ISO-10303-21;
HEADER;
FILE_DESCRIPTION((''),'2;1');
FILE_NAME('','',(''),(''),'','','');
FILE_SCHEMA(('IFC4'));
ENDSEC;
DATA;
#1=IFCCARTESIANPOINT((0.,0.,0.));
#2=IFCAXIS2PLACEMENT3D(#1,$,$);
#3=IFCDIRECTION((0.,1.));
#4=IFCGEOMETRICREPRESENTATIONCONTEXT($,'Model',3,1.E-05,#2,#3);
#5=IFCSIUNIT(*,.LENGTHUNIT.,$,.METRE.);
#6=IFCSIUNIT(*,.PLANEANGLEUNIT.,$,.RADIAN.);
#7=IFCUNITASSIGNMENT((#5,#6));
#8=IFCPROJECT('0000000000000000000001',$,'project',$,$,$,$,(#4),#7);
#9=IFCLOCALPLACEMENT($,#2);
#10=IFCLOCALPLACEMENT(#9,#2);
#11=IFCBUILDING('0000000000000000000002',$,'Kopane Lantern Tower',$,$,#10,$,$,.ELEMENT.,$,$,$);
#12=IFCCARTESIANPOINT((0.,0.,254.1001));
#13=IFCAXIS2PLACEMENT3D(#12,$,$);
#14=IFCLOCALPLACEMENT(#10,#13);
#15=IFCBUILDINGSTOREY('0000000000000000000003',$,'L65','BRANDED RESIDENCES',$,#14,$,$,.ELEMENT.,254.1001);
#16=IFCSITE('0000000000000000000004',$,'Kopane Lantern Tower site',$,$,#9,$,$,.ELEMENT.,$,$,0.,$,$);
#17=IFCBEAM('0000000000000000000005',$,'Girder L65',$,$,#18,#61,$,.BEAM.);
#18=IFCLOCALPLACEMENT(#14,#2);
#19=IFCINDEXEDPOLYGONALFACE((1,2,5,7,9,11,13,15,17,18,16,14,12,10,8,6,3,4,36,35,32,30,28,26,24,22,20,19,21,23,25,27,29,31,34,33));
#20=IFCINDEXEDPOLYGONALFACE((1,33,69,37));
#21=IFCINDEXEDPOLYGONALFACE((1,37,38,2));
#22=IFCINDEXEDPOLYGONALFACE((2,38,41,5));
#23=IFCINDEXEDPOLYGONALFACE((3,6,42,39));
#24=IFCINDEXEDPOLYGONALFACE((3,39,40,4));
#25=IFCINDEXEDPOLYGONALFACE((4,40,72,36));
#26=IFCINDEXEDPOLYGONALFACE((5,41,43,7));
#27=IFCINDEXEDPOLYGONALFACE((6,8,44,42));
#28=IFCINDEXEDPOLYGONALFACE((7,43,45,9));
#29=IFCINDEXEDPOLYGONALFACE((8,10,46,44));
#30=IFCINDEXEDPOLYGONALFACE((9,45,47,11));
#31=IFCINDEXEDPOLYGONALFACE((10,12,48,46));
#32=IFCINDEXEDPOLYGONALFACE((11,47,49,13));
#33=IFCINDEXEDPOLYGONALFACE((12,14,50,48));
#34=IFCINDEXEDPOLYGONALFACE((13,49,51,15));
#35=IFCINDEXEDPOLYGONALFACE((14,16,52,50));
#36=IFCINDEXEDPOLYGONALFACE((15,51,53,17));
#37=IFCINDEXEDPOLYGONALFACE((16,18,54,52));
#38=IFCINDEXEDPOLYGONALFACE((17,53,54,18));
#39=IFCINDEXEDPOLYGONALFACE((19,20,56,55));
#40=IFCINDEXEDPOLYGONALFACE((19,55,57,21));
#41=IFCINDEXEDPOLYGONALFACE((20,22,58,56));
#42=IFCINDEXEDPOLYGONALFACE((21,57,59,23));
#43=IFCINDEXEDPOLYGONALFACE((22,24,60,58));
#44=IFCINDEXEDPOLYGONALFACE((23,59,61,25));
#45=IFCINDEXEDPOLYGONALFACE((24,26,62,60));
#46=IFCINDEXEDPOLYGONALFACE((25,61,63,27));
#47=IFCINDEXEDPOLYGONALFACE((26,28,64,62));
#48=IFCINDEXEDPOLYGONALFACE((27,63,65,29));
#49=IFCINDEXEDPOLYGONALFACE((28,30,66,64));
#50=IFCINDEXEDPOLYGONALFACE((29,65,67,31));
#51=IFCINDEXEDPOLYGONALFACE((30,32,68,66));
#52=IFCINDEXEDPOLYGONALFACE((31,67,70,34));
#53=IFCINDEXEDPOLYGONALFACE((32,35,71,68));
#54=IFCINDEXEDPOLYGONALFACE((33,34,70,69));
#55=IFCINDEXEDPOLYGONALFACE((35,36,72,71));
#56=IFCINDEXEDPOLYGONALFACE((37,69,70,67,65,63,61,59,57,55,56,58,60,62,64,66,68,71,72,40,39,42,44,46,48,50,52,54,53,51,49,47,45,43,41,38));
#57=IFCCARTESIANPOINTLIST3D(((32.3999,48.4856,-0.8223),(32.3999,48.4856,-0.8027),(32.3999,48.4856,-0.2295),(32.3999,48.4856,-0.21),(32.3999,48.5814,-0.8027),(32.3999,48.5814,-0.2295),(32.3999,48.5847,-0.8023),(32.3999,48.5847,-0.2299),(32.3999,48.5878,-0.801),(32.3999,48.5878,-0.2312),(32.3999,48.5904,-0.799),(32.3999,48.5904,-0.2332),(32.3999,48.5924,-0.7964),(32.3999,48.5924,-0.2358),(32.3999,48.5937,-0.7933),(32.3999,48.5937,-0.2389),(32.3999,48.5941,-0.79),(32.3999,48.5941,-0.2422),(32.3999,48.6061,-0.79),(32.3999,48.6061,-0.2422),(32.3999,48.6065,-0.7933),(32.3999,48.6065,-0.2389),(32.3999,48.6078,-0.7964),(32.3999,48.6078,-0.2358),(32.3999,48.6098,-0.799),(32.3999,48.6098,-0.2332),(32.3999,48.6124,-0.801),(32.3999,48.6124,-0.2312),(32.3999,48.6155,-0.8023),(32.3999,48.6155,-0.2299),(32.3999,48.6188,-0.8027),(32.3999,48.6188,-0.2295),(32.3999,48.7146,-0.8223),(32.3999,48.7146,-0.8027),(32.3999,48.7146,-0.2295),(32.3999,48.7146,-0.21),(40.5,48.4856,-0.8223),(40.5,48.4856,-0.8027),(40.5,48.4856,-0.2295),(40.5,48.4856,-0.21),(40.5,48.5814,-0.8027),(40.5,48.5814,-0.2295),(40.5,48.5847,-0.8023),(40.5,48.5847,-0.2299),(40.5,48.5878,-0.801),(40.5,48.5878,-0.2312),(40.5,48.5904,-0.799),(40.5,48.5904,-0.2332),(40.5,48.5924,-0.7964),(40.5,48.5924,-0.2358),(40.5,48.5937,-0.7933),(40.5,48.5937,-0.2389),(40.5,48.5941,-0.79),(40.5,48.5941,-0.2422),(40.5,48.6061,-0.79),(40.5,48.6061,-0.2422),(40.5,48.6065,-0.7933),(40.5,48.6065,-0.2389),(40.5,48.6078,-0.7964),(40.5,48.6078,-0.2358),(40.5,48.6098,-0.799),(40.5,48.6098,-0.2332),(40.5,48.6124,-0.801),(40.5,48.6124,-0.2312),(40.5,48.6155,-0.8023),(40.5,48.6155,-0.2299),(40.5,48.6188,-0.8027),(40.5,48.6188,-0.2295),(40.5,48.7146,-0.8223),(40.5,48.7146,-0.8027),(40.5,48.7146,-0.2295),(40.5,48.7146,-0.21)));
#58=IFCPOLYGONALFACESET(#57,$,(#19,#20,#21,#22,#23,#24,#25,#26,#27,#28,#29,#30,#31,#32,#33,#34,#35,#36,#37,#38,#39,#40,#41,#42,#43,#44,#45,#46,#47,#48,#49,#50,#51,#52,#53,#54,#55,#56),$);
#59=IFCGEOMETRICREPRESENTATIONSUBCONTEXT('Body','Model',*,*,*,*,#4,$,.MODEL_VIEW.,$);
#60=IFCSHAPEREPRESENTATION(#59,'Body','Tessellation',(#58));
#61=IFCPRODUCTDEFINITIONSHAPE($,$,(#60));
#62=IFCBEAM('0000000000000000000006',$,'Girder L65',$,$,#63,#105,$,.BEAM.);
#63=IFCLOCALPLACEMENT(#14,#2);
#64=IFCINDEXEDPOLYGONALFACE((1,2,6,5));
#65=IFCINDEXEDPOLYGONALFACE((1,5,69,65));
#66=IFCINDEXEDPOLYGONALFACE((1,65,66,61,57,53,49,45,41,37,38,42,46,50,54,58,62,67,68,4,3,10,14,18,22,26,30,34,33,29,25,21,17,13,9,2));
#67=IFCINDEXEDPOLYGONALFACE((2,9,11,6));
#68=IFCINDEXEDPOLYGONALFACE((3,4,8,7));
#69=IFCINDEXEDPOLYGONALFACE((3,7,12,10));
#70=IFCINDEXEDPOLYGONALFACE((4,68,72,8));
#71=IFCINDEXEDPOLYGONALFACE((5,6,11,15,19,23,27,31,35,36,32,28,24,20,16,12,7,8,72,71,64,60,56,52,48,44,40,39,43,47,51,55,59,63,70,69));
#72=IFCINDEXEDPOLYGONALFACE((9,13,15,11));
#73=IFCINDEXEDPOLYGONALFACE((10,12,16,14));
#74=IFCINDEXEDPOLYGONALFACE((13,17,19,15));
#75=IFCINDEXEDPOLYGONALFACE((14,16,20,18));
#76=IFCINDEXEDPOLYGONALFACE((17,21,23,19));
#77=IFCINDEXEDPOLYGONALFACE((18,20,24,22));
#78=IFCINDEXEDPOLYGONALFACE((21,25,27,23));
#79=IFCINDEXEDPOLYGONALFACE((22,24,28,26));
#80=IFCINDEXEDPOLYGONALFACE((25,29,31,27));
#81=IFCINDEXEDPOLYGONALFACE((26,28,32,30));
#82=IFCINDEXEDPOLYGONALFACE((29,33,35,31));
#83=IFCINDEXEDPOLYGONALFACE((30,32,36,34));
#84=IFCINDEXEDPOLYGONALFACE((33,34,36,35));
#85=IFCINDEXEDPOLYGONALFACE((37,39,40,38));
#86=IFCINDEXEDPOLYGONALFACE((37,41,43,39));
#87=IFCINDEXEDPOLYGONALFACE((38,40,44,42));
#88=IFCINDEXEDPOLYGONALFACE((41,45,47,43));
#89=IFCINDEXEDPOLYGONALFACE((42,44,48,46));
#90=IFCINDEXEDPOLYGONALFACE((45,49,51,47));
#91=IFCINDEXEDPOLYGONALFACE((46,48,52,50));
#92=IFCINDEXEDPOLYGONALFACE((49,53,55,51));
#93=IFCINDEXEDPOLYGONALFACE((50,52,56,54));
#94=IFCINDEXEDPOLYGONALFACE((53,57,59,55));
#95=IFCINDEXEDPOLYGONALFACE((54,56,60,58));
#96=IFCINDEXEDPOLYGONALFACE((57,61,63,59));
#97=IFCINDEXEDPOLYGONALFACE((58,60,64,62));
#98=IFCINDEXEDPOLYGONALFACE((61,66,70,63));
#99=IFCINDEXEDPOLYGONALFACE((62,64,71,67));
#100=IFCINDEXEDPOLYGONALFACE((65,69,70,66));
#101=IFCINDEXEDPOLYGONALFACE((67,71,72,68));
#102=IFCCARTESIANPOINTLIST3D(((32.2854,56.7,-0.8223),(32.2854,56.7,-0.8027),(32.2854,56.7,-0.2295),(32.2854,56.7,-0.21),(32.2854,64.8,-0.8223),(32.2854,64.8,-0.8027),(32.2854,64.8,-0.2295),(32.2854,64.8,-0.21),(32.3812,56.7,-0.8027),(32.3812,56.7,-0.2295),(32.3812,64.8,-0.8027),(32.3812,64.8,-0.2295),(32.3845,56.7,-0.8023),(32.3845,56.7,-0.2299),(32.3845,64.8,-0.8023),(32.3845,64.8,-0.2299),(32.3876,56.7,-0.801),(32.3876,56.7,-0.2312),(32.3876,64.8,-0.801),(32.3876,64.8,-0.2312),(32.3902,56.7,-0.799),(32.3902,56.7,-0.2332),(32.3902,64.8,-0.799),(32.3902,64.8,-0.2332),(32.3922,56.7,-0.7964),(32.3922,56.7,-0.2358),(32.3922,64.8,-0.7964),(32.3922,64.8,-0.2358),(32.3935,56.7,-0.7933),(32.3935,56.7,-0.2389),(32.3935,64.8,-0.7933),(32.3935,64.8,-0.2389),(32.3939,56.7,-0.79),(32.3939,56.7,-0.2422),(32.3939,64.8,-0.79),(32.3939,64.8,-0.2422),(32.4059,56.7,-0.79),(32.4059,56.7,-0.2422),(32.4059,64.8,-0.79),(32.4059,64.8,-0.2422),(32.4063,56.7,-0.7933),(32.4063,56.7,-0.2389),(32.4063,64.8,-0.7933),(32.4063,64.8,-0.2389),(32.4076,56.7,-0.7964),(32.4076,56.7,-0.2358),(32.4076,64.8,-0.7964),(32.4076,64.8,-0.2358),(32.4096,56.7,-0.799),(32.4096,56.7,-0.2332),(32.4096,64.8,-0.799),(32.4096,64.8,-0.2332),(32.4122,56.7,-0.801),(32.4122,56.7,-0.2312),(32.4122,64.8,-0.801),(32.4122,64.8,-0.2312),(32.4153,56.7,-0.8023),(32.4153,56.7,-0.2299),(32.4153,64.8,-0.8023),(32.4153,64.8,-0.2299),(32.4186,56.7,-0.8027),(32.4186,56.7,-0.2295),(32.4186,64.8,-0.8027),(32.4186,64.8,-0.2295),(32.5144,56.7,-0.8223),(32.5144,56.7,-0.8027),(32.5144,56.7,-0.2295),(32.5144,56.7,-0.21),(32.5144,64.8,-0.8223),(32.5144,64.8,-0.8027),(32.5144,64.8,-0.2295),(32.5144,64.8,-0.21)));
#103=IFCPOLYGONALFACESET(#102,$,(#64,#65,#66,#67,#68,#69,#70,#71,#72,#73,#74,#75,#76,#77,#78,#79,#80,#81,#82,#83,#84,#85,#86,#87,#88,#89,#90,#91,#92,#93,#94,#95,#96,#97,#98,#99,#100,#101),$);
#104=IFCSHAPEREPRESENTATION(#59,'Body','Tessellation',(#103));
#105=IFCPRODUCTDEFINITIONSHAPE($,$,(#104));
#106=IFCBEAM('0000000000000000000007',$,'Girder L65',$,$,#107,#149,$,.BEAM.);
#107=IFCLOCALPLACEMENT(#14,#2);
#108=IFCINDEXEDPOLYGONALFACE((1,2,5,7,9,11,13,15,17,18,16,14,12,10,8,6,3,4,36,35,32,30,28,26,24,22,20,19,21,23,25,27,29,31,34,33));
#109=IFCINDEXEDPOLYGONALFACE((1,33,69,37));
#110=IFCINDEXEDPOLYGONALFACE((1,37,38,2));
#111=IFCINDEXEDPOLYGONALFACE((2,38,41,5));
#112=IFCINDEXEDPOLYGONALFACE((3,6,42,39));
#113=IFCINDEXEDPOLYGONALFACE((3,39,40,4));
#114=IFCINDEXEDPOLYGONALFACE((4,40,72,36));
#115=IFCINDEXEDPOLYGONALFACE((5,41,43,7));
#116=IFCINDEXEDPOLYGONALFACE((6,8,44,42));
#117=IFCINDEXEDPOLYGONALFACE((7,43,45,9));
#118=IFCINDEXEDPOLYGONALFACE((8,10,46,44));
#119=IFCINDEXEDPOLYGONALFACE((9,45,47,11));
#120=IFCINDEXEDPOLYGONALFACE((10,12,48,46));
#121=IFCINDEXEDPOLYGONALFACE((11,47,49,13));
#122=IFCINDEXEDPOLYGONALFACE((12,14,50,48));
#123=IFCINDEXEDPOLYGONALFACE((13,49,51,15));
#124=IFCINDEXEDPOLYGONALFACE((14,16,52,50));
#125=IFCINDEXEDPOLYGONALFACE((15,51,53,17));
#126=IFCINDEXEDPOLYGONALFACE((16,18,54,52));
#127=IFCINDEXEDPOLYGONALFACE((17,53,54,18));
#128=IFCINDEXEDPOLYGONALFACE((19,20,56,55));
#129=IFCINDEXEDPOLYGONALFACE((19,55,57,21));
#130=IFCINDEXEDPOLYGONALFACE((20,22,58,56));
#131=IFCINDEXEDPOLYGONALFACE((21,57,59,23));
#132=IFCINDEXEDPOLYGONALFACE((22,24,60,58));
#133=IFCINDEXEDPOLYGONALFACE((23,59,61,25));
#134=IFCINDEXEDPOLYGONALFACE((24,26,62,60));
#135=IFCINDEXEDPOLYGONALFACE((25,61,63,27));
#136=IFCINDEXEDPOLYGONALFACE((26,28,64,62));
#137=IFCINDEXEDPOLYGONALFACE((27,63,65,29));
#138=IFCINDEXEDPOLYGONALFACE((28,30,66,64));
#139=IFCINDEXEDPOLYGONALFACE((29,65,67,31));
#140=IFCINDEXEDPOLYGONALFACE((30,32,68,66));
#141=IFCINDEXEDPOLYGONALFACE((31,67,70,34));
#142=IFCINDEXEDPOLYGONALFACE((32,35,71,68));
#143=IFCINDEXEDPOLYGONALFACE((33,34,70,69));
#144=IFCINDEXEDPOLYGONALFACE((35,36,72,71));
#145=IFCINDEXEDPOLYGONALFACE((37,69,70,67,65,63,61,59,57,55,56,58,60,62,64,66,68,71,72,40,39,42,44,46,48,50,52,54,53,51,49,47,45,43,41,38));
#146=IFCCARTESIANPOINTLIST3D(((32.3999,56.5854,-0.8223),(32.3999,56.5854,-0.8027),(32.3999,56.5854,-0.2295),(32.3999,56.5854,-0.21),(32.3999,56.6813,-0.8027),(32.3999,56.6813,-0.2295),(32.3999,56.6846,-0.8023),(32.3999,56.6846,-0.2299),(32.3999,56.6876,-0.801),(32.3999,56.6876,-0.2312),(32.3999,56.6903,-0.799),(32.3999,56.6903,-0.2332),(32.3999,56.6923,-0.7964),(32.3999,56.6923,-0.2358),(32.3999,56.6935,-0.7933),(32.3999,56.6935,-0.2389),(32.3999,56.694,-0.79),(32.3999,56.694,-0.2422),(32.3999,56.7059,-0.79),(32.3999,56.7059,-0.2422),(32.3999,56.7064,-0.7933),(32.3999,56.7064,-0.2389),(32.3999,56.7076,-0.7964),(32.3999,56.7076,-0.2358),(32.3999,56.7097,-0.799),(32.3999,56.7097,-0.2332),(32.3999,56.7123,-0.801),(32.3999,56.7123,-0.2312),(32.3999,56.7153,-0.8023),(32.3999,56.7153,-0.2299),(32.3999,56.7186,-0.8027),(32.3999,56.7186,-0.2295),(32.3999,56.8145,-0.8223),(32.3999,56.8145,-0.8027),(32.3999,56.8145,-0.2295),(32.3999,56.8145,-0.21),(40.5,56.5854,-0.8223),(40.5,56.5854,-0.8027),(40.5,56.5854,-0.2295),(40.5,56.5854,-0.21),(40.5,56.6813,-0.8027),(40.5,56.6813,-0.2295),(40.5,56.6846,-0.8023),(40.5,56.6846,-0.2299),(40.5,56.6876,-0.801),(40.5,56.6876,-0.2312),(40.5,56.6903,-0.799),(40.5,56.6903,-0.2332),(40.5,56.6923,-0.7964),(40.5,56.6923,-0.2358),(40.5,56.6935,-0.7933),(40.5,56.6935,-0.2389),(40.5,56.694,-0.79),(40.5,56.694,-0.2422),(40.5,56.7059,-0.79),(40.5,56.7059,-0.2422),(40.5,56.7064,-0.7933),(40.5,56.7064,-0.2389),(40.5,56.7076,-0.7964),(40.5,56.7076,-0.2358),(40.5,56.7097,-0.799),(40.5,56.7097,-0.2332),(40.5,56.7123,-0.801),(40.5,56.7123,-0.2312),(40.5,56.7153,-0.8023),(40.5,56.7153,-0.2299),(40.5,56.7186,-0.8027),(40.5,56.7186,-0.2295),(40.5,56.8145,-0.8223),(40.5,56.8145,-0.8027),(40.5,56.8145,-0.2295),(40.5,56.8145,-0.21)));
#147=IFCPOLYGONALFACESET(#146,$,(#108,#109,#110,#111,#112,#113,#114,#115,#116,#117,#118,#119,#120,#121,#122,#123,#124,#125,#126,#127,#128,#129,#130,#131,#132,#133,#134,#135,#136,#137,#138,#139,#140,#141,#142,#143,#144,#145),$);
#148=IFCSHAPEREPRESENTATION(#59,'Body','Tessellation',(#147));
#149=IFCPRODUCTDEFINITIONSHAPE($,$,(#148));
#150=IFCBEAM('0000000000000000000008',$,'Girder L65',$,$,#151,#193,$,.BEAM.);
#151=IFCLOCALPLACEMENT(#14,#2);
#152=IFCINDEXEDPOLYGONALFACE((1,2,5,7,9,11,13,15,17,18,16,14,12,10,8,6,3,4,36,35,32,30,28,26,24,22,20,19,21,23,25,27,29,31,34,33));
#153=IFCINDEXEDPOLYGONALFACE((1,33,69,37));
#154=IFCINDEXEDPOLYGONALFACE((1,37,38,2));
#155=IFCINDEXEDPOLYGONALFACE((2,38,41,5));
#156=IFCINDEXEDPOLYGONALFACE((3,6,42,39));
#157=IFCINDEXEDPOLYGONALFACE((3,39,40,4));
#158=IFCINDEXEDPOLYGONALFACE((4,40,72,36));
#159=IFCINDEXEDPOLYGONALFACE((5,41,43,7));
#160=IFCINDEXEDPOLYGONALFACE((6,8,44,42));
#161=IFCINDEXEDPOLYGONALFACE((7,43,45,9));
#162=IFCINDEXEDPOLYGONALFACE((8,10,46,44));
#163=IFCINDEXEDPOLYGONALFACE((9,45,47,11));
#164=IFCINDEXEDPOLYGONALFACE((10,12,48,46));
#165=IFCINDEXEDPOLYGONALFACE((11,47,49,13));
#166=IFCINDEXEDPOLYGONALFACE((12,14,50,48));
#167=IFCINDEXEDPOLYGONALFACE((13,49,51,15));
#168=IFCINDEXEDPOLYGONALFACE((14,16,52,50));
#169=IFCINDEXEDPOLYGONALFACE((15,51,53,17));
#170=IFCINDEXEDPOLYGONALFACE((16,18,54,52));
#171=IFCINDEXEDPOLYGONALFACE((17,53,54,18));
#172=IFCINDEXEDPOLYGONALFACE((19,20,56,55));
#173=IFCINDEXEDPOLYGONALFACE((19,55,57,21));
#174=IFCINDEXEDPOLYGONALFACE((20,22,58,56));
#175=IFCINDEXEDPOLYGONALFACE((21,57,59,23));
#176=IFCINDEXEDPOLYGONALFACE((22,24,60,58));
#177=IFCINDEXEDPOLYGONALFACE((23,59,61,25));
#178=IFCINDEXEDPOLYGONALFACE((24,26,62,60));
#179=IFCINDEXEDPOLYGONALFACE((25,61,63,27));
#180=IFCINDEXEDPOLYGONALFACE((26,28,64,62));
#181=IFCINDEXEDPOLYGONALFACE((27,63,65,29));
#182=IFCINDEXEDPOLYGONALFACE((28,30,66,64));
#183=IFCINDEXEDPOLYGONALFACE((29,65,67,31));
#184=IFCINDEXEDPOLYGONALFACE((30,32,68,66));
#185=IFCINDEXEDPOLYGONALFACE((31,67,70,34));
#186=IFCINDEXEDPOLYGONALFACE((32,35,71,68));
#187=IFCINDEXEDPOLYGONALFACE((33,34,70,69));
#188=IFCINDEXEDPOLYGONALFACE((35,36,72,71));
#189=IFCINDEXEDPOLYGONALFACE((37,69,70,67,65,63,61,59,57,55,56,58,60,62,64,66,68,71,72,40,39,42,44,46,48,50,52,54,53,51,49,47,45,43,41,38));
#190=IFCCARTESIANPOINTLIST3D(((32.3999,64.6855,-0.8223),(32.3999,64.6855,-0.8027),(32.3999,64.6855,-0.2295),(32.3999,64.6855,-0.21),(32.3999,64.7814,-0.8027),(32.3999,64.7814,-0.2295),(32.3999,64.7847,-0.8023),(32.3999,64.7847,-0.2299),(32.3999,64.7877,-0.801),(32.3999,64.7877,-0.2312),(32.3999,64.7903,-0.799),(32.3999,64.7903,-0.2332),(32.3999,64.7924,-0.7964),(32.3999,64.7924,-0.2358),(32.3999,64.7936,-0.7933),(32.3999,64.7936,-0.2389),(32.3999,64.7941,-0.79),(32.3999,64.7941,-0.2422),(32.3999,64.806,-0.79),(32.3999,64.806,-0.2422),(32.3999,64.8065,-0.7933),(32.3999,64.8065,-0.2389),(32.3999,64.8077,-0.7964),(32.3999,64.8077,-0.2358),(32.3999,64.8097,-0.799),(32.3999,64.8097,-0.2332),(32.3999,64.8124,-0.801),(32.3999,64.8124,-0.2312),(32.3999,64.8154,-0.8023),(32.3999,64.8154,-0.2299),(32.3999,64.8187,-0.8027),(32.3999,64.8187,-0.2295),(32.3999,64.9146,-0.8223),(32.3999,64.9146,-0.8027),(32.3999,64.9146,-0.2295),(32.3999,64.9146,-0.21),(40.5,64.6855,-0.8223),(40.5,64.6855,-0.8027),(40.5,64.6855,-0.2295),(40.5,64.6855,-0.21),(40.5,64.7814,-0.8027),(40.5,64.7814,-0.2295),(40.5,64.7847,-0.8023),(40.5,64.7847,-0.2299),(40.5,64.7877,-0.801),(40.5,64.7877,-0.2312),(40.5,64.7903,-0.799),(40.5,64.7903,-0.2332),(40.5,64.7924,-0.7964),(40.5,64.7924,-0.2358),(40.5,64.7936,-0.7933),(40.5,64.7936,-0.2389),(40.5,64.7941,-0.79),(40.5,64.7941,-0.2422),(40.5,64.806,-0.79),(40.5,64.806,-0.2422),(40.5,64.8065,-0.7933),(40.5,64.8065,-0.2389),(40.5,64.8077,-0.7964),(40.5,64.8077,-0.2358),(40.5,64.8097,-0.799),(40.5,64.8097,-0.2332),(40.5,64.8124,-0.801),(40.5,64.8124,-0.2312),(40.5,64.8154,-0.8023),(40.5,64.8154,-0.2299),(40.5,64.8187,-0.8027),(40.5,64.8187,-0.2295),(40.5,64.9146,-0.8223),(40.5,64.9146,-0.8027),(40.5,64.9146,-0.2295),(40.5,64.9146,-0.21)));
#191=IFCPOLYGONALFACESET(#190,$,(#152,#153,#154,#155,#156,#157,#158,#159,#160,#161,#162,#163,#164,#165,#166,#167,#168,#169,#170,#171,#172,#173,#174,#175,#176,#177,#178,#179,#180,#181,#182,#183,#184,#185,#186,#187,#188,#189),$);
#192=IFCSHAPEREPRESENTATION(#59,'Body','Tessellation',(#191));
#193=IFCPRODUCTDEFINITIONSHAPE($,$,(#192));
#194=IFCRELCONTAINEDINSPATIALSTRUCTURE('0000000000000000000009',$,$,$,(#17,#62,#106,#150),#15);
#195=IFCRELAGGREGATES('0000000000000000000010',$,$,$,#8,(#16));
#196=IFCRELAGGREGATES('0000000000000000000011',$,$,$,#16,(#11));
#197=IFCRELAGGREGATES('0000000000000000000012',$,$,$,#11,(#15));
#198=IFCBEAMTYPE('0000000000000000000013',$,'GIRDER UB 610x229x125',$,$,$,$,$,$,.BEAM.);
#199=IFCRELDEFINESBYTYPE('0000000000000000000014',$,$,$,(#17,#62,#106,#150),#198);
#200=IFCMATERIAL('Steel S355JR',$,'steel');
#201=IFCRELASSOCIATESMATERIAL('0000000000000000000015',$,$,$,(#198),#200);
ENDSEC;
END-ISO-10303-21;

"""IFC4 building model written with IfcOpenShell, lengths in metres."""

from ifc_helpers import new_model, si_unit, direction, frame, origin, origin_2d, place, context, subcontext, project, spatial, i_section, extrude, material, material_profile, profile_set, type_object, element, save


model = new_model("IFC4")

# Units and contexts
model_context = context("Model", 3, precision=1e-05, world=origin(), true_north=direction((0.0, 1.0)))
body_context = subcontext(model_context, "Body", "Model", "MODEL_VIEW")
ifc_project = project(units=[si_unit("LENGTHUNIT", "METRE"), si_unit("PLANEANGLEUNIT", "RADIAN")], contexts=[model_context])

# Site, building, storey
site_placement = place(None, origin())
site = spatial("IfcSite", under=ifc_project, at=site_placement, Name="Kopane Lantern Tower site", CompositionType="ELEMENT", RefElevation=0.0)
building_placement = place(site_placement, origin())
building = spatial("IfcBuilding", under=site, at=building_placement, Name="Kopane Lantern Tower", CompositionType="ELEMENT")
storey_placement = place(building_placement, frame((0.0, 0.0, 254.1001)))
storey = spatial("IfcBuildingStorey", under=building, at=storey_placement, Name="L65", Description="BRANDED RESIDENCES", CompositionType="ELEMENT", Elevation=254.1001)

# Beams
ifc_material_1 = material(Name="Steel S355JR", Category="steel")
ifc_material_profile_1 = material_profile(ifc_material_1, i_section(OverallWidth=0.229, OverallDepth=0.6123, WebThickness=0.012, FlangeThickness=0.0195, FilletRadius=0.0127, at=origin_2d()), Name="UB 610x229x125")
ifc_profile_set_1 = profile_set([ifc_material_profile_1], Name="Steel S355JR")
beam_type = type_object("IfcBeamType", Name="GIRDER UB 610x229x125", PredefinedType="BEAM", material=ifc_profile_set_1)
for number, where, z_axis, x_axis, name in (
    (1, (32.3999, 48.6001, -0.5161), (1.0, 0.0, 0.0), (0.0, 1.0, 0.0), "Girder L65"),
    (2, (32.3999, 56.7, -0.5161), (0.0, 1.0, 0.0), (-1.0, 0.0, 0.0), "Girder L65"),
    (3, (32.3999, 56.7, -0.5161), (1.0, 0.0, 0.0), (0.0, 1.0, 0.0), "Girder L65"),
    (4, (32.3999, 64.8, -0.5161), (1.0, 0.0, 0.0), (0.0, 1.0, 0.0), "Girder L65"),
):
    element("IfcBeam", number, at=place(storey_placement, frame(where, z_axis=z_axis, x_axis=x_axis)), inside=storey, type_object=beam_type, Name=name, PredefinedType="BEAM", context=body_context, shape_type="SweptSolid", body=[
        extrude(i_section(OverallWidth=0.229, OverallDepth=0.6123, WebThickness=0.012, FlangeThickness=0.0195, FilletRadius=0.0127, at=origin_2d()), origin(), (0.0, 0.0, 1.0), 8.1001),
    ])

save(model, "model.ifc")
